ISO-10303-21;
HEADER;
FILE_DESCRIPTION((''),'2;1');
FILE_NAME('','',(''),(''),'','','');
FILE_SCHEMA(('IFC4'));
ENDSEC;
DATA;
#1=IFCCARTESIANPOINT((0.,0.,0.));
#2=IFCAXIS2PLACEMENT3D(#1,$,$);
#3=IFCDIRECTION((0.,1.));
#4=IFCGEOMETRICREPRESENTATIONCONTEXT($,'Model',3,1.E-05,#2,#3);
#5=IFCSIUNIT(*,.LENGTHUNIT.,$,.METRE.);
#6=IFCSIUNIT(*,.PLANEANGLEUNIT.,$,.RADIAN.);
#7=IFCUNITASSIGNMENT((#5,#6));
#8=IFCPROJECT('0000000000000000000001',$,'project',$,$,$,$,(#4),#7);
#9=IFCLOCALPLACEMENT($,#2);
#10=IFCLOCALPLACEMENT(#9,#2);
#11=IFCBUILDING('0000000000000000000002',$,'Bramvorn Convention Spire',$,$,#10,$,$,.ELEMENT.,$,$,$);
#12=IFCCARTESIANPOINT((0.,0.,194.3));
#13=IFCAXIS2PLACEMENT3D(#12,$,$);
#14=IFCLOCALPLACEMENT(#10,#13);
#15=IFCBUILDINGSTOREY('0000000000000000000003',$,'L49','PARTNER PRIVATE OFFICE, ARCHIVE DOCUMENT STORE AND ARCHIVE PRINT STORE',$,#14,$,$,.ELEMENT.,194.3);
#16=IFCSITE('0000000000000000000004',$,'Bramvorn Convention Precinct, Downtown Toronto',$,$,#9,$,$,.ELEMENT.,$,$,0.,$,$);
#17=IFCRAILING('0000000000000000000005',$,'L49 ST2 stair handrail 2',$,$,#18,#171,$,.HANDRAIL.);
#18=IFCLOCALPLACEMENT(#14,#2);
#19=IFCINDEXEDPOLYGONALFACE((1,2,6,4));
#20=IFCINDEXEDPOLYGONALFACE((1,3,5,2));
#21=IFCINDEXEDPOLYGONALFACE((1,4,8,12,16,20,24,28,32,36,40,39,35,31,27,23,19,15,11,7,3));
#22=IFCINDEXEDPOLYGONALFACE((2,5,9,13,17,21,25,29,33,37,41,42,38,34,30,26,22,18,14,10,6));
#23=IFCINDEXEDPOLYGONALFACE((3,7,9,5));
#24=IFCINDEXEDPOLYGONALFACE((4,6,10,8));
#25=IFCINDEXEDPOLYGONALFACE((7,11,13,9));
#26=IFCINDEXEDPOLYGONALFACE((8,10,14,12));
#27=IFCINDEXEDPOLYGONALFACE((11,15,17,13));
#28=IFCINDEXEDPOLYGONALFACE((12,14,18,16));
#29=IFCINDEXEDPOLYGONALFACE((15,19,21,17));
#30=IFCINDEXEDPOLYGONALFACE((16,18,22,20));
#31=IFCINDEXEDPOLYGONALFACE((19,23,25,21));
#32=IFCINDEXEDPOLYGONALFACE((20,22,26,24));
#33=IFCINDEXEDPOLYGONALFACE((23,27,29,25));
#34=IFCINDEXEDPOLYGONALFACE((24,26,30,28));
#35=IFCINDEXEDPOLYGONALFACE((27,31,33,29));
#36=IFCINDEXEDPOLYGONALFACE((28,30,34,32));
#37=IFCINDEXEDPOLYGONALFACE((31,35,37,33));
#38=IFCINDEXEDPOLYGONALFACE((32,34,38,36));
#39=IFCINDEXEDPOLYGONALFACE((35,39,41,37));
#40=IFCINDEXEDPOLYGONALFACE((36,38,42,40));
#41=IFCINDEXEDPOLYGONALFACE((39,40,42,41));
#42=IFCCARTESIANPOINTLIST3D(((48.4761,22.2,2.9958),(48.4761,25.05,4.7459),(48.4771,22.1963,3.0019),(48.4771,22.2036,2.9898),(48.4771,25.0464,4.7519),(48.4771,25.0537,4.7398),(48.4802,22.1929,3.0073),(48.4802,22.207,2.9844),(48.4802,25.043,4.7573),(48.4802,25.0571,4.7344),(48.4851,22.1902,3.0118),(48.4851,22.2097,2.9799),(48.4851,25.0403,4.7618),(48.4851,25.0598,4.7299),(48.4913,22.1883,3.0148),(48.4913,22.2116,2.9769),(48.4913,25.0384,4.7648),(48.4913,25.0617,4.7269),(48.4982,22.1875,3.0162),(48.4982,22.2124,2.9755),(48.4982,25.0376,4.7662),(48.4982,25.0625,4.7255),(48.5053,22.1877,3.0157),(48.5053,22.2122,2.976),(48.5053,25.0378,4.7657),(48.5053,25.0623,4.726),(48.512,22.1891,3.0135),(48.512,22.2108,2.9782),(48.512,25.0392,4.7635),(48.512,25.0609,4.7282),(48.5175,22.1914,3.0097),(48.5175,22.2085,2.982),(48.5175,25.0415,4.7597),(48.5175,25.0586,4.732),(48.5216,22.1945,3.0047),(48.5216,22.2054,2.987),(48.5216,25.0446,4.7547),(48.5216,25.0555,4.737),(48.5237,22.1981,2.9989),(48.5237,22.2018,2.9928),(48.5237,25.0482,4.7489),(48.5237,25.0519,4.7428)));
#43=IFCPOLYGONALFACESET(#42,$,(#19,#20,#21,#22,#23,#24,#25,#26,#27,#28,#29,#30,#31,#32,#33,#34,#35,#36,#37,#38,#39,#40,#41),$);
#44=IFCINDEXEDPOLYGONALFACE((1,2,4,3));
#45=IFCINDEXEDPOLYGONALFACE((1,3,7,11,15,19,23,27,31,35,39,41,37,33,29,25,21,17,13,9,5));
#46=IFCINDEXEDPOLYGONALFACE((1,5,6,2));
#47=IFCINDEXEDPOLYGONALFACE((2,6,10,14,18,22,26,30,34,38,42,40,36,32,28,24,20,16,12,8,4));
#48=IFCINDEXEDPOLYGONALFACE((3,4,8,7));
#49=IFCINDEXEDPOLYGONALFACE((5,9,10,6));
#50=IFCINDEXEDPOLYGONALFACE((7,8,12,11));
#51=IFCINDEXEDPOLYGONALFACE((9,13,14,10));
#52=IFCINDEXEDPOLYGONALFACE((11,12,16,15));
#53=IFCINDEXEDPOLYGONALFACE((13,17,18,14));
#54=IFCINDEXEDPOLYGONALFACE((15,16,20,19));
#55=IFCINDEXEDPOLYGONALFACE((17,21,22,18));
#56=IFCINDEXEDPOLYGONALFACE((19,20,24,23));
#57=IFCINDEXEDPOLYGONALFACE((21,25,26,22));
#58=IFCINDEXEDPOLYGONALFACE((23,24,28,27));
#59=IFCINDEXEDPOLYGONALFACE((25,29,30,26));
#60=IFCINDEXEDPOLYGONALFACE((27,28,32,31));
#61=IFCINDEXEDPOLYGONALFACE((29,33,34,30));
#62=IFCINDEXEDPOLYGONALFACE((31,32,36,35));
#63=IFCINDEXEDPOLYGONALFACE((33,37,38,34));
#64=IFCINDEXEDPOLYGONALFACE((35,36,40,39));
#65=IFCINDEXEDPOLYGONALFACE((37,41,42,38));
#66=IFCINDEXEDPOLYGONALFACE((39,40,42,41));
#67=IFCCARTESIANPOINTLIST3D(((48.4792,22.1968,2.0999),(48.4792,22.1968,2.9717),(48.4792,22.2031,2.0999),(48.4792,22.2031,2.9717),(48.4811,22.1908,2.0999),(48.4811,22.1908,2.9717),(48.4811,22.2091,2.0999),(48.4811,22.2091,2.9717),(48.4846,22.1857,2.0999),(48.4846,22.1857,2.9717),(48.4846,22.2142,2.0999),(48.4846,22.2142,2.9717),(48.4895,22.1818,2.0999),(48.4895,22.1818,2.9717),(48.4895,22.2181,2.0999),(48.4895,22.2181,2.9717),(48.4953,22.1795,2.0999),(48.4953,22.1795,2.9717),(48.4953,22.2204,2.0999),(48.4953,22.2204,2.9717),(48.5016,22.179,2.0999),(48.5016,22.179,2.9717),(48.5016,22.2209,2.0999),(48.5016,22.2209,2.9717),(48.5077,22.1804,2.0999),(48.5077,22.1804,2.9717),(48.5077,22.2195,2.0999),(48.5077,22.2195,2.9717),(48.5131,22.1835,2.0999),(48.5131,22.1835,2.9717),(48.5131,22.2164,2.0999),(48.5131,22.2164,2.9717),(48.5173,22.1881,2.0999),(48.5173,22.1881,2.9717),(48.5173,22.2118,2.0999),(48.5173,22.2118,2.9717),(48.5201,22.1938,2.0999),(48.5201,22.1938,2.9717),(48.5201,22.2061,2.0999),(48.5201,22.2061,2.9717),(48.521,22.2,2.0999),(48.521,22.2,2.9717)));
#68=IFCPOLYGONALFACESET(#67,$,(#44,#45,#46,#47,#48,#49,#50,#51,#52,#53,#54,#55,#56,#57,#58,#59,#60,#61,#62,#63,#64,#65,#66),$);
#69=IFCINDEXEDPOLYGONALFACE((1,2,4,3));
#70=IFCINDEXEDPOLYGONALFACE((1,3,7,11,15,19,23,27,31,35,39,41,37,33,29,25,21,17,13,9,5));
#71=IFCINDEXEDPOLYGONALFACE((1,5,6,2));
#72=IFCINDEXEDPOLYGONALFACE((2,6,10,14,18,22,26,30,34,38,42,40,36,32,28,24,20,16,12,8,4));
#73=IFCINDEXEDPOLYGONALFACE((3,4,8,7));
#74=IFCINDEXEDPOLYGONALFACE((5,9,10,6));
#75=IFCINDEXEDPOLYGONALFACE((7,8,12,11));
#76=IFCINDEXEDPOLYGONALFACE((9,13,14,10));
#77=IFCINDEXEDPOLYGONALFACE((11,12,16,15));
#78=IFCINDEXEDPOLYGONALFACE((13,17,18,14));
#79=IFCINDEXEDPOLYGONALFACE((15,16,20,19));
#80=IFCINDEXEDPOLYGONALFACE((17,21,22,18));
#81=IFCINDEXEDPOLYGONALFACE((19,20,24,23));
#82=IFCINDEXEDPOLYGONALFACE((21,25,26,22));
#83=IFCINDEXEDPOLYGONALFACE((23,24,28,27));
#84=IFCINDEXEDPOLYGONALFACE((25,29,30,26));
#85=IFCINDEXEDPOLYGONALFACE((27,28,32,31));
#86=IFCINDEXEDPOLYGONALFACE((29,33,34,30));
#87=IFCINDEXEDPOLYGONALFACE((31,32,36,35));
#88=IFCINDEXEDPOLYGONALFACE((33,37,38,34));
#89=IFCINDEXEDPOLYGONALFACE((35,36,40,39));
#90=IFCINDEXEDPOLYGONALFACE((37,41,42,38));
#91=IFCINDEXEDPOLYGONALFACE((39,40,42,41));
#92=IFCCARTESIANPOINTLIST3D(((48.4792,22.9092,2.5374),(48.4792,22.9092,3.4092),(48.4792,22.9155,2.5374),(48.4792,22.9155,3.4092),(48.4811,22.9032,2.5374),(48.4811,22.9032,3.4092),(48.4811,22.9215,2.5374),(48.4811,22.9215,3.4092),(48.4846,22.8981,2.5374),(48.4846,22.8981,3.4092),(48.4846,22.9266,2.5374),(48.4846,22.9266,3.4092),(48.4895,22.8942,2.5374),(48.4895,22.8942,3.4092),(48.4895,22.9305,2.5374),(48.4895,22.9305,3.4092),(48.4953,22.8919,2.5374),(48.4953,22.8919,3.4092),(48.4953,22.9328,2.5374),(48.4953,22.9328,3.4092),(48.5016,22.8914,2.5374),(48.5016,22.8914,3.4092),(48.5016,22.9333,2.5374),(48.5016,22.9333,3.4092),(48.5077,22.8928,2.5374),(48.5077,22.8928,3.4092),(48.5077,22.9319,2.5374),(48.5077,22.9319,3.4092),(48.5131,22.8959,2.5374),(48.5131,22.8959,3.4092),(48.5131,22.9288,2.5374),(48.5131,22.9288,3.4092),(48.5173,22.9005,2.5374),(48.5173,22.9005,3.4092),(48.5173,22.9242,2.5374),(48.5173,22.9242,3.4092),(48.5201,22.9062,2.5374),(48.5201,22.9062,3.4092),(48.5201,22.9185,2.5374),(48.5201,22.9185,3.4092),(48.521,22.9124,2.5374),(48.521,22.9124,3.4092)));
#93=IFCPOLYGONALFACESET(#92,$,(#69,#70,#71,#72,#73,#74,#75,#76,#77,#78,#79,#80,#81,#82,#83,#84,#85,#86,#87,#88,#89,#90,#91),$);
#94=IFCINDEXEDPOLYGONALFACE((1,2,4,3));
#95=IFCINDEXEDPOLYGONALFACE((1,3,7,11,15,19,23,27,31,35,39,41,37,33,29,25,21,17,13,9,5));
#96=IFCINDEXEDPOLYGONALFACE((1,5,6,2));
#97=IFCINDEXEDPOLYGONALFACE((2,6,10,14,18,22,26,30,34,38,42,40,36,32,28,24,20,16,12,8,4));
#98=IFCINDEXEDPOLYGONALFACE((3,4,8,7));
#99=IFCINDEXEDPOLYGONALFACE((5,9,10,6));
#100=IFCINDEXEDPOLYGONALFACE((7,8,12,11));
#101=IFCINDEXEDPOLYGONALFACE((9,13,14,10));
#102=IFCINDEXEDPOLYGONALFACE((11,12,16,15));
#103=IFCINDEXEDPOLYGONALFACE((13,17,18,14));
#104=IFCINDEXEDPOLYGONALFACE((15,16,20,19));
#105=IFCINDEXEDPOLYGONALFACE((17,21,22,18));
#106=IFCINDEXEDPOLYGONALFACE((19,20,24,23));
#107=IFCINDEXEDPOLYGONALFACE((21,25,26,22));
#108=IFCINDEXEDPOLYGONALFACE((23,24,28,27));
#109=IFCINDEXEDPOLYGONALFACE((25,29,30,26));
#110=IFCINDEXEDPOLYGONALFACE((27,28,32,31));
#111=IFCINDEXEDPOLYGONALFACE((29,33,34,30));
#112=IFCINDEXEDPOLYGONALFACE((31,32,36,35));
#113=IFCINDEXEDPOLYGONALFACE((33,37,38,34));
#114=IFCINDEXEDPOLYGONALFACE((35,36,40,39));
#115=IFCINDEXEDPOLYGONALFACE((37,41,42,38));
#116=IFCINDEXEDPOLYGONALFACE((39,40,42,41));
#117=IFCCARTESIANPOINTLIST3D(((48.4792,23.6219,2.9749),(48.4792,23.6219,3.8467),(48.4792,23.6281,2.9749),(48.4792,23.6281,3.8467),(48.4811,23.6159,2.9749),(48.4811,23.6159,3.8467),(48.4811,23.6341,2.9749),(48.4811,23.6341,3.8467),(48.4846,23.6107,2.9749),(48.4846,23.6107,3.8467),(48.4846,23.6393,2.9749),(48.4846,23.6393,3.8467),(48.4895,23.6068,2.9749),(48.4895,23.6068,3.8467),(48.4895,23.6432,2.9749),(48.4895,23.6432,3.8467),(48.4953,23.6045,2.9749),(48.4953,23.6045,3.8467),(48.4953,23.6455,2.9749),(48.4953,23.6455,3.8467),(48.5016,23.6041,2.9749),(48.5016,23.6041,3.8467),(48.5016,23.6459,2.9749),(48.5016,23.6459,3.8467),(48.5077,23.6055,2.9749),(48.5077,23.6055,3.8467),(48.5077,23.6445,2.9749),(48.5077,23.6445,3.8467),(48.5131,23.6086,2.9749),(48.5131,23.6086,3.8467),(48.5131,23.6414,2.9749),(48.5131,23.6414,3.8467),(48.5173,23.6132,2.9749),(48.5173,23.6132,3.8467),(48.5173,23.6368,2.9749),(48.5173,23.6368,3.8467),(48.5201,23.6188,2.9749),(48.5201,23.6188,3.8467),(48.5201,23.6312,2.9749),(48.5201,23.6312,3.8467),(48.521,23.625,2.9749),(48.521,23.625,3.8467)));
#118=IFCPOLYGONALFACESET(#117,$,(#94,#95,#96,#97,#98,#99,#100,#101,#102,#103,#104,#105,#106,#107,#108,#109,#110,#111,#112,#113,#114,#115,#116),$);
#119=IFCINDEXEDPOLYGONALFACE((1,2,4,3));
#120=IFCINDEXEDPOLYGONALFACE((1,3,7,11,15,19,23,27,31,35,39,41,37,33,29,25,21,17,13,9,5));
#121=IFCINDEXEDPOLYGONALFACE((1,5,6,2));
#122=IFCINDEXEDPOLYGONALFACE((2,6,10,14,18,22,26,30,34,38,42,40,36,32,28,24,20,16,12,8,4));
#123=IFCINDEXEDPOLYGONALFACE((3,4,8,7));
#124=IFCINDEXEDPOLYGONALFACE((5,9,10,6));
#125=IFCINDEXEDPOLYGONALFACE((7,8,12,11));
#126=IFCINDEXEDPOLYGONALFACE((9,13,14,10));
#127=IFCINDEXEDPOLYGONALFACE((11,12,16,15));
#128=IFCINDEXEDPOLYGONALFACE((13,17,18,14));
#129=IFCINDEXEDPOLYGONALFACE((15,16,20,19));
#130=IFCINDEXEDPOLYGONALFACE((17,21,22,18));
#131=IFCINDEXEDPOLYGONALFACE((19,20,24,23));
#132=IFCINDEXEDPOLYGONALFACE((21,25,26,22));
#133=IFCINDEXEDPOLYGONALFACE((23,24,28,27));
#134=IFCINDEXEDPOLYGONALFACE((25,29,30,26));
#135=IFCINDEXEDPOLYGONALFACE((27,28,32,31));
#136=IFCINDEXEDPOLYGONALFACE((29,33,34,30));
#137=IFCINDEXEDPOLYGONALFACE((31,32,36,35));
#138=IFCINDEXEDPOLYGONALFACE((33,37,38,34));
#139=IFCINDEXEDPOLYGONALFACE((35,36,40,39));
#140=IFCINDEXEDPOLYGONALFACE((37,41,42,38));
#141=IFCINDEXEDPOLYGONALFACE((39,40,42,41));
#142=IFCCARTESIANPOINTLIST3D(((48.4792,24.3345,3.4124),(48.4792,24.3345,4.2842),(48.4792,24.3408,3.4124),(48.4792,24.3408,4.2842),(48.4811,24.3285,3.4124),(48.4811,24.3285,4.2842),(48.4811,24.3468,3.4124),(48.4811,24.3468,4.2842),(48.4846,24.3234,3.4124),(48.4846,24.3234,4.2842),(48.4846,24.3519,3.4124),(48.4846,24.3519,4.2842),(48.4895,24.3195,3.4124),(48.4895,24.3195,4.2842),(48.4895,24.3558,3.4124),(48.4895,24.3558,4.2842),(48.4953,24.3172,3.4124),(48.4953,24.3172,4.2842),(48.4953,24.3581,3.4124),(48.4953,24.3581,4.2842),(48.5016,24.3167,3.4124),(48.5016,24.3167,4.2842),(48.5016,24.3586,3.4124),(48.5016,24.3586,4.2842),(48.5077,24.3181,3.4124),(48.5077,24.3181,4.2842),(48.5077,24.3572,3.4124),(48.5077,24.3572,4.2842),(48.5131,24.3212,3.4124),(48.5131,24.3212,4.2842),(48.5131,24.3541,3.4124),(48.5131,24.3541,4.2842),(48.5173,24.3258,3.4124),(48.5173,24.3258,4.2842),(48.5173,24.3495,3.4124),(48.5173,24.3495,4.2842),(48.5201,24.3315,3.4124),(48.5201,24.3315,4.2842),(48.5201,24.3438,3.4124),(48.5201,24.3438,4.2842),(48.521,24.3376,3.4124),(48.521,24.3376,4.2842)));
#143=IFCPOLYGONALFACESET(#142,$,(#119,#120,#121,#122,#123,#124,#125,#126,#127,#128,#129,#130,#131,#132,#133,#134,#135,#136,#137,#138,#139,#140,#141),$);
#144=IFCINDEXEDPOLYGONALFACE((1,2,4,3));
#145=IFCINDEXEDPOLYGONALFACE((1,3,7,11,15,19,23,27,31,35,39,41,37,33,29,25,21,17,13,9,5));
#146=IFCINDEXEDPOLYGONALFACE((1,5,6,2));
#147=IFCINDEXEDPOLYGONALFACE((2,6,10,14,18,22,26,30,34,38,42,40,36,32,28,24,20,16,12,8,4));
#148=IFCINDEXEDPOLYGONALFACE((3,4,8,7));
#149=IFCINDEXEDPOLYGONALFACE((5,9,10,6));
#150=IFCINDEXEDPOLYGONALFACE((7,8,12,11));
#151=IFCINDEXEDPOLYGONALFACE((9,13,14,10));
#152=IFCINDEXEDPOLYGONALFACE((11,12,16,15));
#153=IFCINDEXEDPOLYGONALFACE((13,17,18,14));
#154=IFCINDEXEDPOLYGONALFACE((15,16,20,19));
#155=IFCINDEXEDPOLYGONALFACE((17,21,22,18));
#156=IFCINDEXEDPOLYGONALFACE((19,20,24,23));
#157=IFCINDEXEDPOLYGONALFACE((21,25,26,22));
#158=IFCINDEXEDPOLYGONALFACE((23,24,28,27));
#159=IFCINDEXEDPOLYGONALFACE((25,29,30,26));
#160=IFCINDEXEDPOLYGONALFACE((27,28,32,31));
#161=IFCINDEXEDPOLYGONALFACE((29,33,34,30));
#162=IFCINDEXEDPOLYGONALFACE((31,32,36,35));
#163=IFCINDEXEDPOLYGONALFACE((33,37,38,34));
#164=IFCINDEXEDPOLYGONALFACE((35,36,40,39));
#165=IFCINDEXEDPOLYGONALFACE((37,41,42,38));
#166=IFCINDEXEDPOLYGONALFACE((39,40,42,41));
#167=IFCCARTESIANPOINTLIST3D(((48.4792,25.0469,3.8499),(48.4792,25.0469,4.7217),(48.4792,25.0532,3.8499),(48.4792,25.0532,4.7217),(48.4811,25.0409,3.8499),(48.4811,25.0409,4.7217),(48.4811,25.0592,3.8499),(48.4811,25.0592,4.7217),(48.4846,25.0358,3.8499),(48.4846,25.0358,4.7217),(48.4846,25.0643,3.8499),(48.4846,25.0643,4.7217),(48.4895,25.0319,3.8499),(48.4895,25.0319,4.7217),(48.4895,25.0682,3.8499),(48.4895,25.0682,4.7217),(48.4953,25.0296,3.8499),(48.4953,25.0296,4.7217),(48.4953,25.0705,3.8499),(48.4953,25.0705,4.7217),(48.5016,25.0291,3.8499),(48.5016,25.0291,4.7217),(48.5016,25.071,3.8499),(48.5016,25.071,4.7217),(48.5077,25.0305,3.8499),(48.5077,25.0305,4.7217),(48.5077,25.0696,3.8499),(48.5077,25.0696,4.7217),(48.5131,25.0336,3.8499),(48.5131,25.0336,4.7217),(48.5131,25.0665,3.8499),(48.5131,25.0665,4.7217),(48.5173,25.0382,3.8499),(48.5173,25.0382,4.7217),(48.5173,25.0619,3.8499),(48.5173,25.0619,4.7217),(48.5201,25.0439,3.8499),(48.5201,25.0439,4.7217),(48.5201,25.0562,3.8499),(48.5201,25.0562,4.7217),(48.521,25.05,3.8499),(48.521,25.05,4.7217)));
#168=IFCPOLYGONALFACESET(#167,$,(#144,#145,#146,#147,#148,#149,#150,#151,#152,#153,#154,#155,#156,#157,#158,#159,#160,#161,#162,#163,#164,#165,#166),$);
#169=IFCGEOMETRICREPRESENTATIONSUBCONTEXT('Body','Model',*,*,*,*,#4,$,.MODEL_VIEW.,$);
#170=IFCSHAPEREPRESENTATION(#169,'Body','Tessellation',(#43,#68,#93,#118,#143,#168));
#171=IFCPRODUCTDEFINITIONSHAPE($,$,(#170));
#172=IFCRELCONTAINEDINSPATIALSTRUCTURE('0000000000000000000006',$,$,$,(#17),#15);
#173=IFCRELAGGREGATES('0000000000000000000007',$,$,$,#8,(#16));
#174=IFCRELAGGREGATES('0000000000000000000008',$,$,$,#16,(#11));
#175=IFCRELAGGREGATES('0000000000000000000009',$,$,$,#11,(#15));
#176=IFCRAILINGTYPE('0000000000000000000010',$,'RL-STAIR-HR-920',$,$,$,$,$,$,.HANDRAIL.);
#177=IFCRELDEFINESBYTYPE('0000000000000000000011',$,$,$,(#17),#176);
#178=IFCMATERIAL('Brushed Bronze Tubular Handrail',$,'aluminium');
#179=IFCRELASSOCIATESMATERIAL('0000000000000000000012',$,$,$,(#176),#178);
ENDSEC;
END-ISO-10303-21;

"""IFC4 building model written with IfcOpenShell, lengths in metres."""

from ifc_helpers import new_model, si_unit, direction, frame, origin, origin_2d, place, context, subcontext, project, spatial, circle, extrude, material, type_object, element, save


model = new_model("IFC4")

# Units and contexts
model_context = context("Model", 3, precision=1e-05, world=origin(), true_north=direction((0.0, 1.0)))
body_context = subcontext(model_context, "Body", "Model", "MODEL_VIEW")
ifc_project = project(units=[si_unit("LENGTHUNIT", "METRE"), si_unit("PLANEANGLEUNIT", "RADIAN")], contexts=[model_context])

# Site, building, storey
site_placement = place(None, origin())
site = spatial("IfcSite", under=ifc_project, at=site_placement, Name="Bramvorn Convention Precinct, Downtown Toronto", CompositionType="ELEMENT", RefElevation=0.0)
building_placement = place(site_placement, origin())
building = spatial("IfcBuilding", under=site, at=building_placement, Name="Bramvorn Convention Spire", CompositionType="ELEMENT")
storey_placement = place(building_placement, frame((0.0, 0.0, 194.3)))
storey = spatial("IfcBuildingStorey", under=building, at=storey_placement, Name="L49", Description="PARTNER PRIVATE OFFICE, ARCHIVE DOCUMENT STORE AND ARCHIVE PRINT STORE", CompositionType="ELEMENT", Elevation=194.3)

# Railing
ifc_material_1 = material(Name="Brushed Bronze Tubular Handrail", Category="aluminium")
railing_type_1 = type_object("IfcRailingType", Name="RL-STAIR-HR-920", PredefinedType="HANDRAIL", material=ifc_material_1)
railing_1_placement = place(storey_placement, frame((48.5, 22.2, 2.0999)))
element("IfcRailing", 1, at=railing_1_placement, inside=storey, type_object=railing_type_1, Name="L49 ST2 stair handrail 2", PredefinedType="HANDRAIL", context=body_context, shape_type="SweptSolid", body=[
    extrude(circle(Radius=0.0239, at=origin_2d()), frame((0.0, 0.0, 0.896), z_axis=(0.0, 0.852179, 0.52325), x_axis=(-1.0, 0.0, 0.0)), (0.0, 0.0, 1.0), 3.3445),
    extrude(circle(Radius=0.021, at=origin_2d()), origin(), (0.0, 0.0, 1.0), 0.8718),
    extrude(circle(Radius=0.021, at=origin_2d()), frame((0.0, 0.7124, 0.4375)), (0.0, 0.0, 1.0), 0.8718),
    extrude(circle(Radius=0.021, at=origin_2d()), frame((0.0, 1.425, 0.875)), (0.0, 0.0, 1.0), 0.8718),
    extrude(circle(Radius=0.021, at=origin_2d()), frame((0.0, 2.1377, 1.3125)), (0.0, 0.0, 1.0), 0.8718),
    extrude(circle(Radius=0.021, at=origin_2d()), frame((0.0, 2.8501, 1.75)), (0.0, 0.0, 1.0), 0.8718),
])

save(model, "model.ifc")
